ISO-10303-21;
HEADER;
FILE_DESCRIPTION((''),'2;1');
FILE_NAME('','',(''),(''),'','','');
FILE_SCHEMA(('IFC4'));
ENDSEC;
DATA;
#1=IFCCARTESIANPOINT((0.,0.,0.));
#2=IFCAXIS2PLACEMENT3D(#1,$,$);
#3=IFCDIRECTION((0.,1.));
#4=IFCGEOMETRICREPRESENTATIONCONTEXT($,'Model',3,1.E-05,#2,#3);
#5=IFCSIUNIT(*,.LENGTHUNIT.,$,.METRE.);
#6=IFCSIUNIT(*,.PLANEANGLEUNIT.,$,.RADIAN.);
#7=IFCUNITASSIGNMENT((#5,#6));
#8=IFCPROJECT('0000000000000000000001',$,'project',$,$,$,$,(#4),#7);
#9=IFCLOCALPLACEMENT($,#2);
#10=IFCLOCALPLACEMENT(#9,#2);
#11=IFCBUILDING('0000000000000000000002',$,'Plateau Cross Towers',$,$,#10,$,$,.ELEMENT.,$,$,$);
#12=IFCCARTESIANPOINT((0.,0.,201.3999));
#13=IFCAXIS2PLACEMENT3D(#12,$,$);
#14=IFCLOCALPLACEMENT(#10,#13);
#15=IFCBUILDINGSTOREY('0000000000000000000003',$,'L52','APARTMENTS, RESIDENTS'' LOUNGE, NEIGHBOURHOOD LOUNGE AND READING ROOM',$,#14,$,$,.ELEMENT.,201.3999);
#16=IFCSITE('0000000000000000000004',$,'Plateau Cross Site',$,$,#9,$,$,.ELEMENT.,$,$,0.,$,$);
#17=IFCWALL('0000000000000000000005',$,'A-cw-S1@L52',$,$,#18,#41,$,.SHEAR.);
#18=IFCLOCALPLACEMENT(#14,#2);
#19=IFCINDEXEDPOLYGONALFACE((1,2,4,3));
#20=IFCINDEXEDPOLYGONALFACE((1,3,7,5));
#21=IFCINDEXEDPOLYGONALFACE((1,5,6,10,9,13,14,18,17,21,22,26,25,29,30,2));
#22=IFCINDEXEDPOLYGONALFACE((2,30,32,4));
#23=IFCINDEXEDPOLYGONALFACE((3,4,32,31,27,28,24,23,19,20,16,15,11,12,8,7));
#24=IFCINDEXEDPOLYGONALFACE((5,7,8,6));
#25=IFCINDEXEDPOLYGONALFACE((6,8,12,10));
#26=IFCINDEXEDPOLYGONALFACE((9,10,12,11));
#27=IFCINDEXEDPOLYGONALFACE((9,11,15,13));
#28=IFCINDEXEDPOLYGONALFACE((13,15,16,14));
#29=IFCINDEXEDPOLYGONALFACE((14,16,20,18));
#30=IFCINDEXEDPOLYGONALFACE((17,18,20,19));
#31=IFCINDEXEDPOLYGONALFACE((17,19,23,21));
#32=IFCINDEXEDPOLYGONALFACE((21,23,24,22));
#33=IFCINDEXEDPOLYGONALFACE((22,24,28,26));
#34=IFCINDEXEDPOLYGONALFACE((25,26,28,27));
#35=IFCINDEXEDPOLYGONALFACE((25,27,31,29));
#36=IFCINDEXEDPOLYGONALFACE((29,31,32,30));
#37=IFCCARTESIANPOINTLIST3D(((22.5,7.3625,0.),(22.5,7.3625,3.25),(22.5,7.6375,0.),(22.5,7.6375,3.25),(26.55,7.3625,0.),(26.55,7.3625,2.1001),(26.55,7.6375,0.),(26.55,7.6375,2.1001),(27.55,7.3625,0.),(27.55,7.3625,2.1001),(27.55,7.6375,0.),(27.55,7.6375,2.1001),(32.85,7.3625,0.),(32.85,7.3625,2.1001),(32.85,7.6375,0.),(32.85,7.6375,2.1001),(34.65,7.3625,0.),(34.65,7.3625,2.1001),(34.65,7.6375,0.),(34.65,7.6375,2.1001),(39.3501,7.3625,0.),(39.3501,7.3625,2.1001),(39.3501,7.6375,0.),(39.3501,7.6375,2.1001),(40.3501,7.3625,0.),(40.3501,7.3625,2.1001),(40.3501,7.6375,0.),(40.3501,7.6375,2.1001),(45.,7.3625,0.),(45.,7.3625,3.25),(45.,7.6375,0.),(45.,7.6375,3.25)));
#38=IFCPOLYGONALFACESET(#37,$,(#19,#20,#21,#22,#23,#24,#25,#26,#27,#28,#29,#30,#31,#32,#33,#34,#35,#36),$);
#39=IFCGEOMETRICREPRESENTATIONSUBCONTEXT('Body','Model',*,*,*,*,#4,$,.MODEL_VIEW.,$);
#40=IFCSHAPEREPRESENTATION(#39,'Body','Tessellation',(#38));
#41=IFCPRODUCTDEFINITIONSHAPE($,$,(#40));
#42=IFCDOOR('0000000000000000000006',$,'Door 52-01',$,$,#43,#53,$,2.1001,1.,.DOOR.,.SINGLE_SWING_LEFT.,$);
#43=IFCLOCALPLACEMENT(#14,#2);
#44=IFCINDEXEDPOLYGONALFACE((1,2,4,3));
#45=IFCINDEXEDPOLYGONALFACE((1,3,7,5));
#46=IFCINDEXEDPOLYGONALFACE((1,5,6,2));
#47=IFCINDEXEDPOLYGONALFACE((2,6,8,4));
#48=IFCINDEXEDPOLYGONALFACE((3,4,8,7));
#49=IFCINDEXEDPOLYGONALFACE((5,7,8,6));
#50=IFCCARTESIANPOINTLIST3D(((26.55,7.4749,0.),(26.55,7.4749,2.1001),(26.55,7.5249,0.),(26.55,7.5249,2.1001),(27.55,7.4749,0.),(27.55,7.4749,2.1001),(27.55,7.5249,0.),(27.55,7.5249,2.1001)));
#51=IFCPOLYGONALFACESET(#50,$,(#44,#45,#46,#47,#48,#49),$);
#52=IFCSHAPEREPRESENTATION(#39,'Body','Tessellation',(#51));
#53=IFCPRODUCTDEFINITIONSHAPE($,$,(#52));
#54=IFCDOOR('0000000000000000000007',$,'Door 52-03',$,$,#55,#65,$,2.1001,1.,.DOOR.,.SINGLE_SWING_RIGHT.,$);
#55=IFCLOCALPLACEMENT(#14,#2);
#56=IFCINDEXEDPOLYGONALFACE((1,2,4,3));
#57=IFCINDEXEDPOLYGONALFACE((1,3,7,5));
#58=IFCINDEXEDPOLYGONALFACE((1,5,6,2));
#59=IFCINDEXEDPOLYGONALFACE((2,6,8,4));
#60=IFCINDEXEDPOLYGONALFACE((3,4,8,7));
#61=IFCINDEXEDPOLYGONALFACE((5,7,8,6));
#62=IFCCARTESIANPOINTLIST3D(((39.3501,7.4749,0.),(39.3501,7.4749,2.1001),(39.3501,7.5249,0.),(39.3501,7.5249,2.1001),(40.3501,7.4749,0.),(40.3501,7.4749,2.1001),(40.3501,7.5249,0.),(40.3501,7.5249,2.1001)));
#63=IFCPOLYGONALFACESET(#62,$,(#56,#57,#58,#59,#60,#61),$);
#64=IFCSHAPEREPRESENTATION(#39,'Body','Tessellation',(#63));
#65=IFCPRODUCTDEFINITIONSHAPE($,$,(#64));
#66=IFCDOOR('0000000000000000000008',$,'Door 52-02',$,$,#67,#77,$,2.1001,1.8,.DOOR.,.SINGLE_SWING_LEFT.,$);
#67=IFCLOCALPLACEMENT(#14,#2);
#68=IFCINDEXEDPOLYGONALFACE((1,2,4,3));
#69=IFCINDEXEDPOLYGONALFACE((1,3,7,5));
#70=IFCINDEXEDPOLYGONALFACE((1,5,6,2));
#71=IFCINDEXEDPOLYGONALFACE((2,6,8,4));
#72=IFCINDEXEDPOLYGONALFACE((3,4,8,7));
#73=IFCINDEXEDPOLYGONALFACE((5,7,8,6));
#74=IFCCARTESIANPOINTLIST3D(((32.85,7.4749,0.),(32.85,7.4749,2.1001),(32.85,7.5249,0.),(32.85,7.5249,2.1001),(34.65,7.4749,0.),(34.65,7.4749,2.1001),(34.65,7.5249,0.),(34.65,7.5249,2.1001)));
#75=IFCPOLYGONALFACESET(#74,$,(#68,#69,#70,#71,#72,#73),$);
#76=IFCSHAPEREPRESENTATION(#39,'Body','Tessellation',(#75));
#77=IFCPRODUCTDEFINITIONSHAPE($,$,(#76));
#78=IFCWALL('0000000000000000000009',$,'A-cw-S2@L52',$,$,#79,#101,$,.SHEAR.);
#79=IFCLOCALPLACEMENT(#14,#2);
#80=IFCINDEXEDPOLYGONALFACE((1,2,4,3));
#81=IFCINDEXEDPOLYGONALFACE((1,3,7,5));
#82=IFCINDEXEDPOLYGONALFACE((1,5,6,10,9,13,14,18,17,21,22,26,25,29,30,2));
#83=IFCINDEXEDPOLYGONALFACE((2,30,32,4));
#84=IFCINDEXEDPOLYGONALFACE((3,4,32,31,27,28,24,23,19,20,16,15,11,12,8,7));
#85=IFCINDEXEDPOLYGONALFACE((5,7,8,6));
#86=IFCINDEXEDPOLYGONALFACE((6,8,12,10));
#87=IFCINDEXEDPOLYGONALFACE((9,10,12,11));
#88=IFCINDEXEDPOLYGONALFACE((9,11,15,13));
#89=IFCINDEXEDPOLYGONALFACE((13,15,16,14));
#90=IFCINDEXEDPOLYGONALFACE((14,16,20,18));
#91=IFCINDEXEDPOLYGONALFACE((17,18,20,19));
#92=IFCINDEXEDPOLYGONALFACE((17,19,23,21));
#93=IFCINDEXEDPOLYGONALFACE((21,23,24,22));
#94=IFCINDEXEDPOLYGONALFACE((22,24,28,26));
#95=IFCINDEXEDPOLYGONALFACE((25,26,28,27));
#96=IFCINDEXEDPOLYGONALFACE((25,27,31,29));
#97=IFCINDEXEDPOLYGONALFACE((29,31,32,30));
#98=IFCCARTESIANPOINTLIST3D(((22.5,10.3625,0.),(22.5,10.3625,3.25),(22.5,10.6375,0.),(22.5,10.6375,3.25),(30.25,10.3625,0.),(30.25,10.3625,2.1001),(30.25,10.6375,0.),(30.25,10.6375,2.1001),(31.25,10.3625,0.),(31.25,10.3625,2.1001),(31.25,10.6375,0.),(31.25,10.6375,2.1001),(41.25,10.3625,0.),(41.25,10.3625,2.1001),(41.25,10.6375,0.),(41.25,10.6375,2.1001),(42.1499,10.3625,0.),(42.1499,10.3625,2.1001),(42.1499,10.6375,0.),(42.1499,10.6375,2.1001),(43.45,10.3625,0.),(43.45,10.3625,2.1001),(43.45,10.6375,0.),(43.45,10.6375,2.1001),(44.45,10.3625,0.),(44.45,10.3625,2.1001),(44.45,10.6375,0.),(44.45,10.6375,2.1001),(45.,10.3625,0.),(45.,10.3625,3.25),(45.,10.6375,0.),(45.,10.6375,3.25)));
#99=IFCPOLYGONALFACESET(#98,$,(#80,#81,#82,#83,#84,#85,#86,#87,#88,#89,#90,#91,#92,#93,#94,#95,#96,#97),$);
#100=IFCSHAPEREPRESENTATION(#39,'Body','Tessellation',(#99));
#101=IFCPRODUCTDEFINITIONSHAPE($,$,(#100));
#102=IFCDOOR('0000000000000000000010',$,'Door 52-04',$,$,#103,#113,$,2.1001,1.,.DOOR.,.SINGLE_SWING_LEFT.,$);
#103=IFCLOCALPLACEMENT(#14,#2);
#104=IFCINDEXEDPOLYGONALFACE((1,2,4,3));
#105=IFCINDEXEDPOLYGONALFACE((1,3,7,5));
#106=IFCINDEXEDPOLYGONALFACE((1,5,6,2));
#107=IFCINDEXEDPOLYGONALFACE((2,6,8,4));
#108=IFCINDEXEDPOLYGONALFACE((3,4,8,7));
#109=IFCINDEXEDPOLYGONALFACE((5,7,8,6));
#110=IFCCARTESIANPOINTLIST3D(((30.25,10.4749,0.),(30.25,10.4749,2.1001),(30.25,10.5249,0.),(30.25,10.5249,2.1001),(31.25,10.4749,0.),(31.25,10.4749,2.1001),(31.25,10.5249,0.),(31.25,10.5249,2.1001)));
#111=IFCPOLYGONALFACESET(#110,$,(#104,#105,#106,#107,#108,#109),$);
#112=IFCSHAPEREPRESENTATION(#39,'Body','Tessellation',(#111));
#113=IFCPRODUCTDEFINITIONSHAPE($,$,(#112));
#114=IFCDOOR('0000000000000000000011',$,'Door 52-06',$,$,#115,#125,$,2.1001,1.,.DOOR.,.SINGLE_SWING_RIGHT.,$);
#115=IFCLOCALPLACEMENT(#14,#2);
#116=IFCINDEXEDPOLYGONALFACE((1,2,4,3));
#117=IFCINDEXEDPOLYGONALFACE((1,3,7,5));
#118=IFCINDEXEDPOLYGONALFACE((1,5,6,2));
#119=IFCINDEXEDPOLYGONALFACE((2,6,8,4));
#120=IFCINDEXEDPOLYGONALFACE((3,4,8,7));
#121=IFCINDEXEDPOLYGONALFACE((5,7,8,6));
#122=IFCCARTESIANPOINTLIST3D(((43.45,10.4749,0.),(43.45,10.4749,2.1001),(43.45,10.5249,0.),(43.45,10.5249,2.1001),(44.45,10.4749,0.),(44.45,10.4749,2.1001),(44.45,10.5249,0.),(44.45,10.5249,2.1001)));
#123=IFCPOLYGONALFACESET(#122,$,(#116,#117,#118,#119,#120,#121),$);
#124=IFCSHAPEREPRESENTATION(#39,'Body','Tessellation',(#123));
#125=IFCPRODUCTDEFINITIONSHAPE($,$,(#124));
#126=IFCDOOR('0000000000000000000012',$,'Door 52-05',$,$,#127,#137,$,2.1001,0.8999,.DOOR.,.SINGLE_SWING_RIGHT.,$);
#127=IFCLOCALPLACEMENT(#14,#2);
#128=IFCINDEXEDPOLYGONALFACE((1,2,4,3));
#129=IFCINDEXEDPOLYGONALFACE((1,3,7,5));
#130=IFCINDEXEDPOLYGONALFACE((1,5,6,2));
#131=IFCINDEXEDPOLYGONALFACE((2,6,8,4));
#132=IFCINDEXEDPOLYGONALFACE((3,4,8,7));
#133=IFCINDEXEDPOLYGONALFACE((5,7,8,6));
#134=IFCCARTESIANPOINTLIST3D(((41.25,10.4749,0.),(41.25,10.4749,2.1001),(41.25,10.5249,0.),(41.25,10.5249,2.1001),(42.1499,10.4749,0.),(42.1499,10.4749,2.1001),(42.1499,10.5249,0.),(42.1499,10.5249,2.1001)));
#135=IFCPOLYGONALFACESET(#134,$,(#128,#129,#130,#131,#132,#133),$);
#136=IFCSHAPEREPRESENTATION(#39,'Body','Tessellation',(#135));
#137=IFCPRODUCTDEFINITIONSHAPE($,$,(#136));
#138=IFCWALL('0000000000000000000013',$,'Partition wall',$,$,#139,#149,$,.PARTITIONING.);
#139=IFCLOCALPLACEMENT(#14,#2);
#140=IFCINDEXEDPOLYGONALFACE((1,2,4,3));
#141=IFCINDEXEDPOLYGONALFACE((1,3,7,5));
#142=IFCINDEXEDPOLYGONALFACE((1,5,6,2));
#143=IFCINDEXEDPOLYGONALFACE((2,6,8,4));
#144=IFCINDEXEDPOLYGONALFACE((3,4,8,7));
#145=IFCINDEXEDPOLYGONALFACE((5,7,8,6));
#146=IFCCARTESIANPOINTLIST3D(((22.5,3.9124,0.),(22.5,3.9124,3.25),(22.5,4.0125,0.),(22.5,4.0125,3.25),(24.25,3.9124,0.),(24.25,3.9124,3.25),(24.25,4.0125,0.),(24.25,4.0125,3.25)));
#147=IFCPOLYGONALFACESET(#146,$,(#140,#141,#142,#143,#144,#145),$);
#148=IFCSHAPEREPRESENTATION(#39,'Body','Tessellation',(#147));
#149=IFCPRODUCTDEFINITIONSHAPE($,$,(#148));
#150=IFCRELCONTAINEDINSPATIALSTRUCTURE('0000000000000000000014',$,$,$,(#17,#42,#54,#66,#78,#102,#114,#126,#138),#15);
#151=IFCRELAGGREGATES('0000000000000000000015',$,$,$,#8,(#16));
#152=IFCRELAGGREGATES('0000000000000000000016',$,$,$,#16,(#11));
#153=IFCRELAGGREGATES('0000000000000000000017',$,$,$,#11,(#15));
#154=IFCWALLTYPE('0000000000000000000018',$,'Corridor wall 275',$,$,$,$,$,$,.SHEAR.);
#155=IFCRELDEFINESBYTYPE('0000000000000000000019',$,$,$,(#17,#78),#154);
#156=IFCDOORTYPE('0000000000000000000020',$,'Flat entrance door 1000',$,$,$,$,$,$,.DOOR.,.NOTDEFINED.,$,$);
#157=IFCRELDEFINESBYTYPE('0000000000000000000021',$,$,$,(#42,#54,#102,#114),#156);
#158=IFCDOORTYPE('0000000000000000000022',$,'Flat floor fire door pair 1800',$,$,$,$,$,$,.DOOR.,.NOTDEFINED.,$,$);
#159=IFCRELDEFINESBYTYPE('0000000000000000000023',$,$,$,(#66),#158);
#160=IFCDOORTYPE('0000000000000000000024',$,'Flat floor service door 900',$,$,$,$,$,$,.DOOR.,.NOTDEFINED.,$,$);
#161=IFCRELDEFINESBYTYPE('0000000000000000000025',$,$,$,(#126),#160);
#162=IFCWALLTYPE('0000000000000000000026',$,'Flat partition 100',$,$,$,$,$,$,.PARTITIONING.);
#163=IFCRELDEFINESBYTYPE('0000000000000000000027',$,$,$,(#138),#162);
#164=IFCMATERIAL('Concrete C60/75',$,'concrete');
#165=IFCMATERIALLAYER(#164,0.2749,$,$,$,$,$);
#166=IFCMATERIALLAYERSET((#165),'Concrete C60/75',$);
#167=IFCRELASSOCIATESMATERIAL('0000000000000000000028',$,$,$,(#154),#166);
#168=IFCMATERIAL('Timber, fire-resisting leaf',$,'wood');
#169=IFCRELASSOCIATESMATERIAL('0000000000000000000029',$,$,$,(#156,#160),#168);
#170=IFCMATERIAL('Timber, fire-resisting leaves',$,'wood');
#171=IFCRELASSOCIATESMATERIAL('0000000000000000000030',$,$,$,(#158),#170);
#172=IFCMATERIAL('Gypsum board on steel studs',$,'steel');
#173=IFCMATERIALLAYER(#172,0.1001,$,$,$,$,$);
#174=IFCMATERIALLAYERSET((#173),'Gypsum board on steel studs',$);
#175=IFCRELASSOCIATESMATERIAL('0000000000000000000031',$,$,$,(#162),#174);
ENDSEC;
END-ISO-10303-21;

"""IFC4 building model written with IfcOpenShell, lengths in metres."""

from ifc_helpers import new_model, si_unit, direction, frame, frame_2d, origin, place, context, subcontext, project, spatial, rectangle, extrude, material, layer, layer_set, type_object, element, fill, save


model = new_model("IFC4")

# Units and contexts
model_context = context("Model", 3, precision=1e-05, world=origin(), true_north=direction((0.0, 1.0)))
body_context = subcontext(model_context, "Body", "Model", "MODEL_VIEW")
ifc_project = project(units=[si_unit("LENGTHUNIT", "METRE"), si_unit("PLANEANGLEUNIT", "RADIAN")], contexts=[model_context])

# Site, building, storey
site_placement = place(None, origin())
site = spatial("IfcSite", under=ifc_project, at=site_placement, Name="Plateau Cross Site", CompositionType="ELEMENT", RefElevation=0.0)
building_placement = place(site_placement, origin())
building = spatial("IfcBuilding", under=site, at=building_placement, Name="Plateau Cross Towers", CompositionType="ELEMENT")
storey_placement = place(building_placement, frame((0.0, 0.0, 201.3999)))
storey = spatial("IfcBuildingStorey", under=building, at=storey_placement, Name="L52", Description="APARTMENTS, RESIDENTS' LOUNGE, NEIGHBOURHOOD LOUNGE AND READING ROOM", CompositionType="ELEMENT", Elevation=201.3999)

# Shared definitions
ifc_material_1 = material(Name="Concrete C60/75", Category="concrete")

# Walls, openings, doors
ifc_layer_1 = layer(ifc_material_1, 0.2749)
ifc_layer_set_1 = layer_set([ifc_layer_1], Name="Concrete C60/75")
wall_type_1 = type_object("IfcWallType", Name="Corridor wall 275", PredefinedType="SHEAR", material=ifc_layer_set_1)
wall_1_placement = place(storey_placement, frame((22.5, 7.5, 0.0), z_axis=(0.0, 0.0, 1.0), x_axis=(1.0, 0.0, 0.0)))
wall_1 = element("IfcWall", 1, at=wall_1_placement, inside=storey, type_object=wall_type_1, Name="A-cw-S1@L52", PredefinedType="SHEAR", context=body_context, shape_type="SweptSolid", body=[
    extrude(rectangle(XDim=22.5, YDim=0.2749, at=frame_2d((11.25, 0.0))), origin(), (0.0, 0.0, 1.0), 3.25),
])
opening_1_placement = place(wall_1_placement, frame((4.05, 0.0, 0.0)))
opening_1 = element("IfcOpeningElement", 2, at=opening_1_placement, cuts=wall_1, PredefinedType="OPENING", context=body_context, shape_type="SweptSolid", body=[
    extrude(rectangle(XDim=1.0, YDim=2.1001, at=frame_2d((0.5, 1.05))), frame((0.0, 0.1475, 0.0), z_axis=(0.0, -1.0, 0.0), x_axis=(1.0, 0.0, 0.0)), (0.0, 0.0, 1.0), 0.2949),
])
opening_2_placement = place(wall_1_placement, frame((10.3501, 0.0, 0.0)))
opening_2 = element("IfcOpeningElement", 3, at=opening_2_placement, cuts=wall_1, PredefinedType="OPENING", context=body_context, shape_type="SweptSolid", body=[
    extrude(rectangle(XDim=1.8, YDim=2.1001, at=frame_2d((0.8999, 1.05))), frame((0.0, 0.1475, 0.0), z_axis=(0.0, -1.0, 0.0), x_axis=(1.0, 0.0, 0.0)), (0.0, 0.0, 1.0), 0.2949),
])
opening_3_placement = place(wall_1_placement, frame((16.8501, 0.0, 0.0)))
opening_3 = element("IfcOpeningElement", 4, at=opening_3_placement, cuts=wall_1, PredefinedType="OPENING", context=body_context, shape_type="SweptSolid", body=[
    extrude(rectangle(XDim=1.0, YDim=2.1001, at=frame_2d((0.5, 1.05))), frame((0.0, 0.1475, 0.0), z_axis=(0.0, -1.0, 0.0), x_axis=(1.0, 0.0, 0.0)), (0.0, 0.0, 1.0), 0.2949),
])
ifc_material_2 = material(Name="Timber, fire-resisting leaf", Category="wood")
door_type_1 = type_object("IfcDoorType", Name="Flat entrance door 1000", OperationType="NOTDEFINED", PredefinedType="DOOR", material=ifc_material_2)
door_1_placement = place(opening_1_placement, origin())
door_1 = element("IfcDoor", 5, at=door_1_placement, inside=storey, type_object=door_type_1, Name="Door 52-01", OperationType="SINGLE_SWING_LEFT", OverallHeight=2.1001, OverallWidth=1.0, PredefinedType="DOOR", context=body_context, shape_type="SweptSolid", body=[
    extrude(rectangle(XDim=1.0, YDim=2.1001, at=frame_2d((0.5, 1.05))), frame((0.0, 0.0249, 0.0), z_axis=(0.0, -1.0, 0.0), x_axis=(1.0, 0.0, 0.0)), (0.0, 0.0, 1.0), 0.05),
])
fill(opening_1, door_1)
door_2_placement = place(opening_3_placement, origin())
door_2 = element("IfcDoor", 6, at=door_2_placement, inside=storey, type_object=door_type_1, Name="Door 52-03", OperationType="SINGLE_SWING_RIGHT", OverallHeight=2.1001, OverallWidth=1.0, PredefinedType="DOOR", context=body_context, shape_type="SweptSolid", body=[
    extrude(rectangle(XDim=1.0, YDim=2.1001, at=frame_2d((0.5, 1.05))), frame((0.0, 0.0249, 0.0), z_axis=(0.0, -1.0, 0.0), x_axis=(1.0, 0.0, 0.0)), (0.0, 0.0, 1.0), 0.05),
])
fill(opening_3, door_2)
ifc_material_3 = material(Name="Timber, fire-resisting leaves", Category="wood")
door_type_2 = type_object("IfcDoorType", Name="Flat floor fire door pair 1800", OperationType="NOTDEFINED", PredefinedType="DOOR", material=ifc_material_3)
door_3_placement = place(opening_2_placement, origin())
door_3 = element("IfcDoor", 7, at=door_3_placement, inside=storey, type_object=door_type_2, Name="Door 52-02", OperationType="SINGLE_SWING_LEFT", OverallHeight=2.1001, OverallWidth=1.8, PredefinedType="DOOR", context=body_context, shape_type="SweptSolid", body=[
    extrude(rectangle(XDim=1.8, YDim=2.1001, at=frame_2d((0.8999, 1.05))), frame((0.0, 0.0249, 0.0), z_axis=(0.0, -1.0, 0.0), x_axis=(1.0, 0.0, 0.0)), (0.0, 0.0, 1.0), 0.05),
])
fill(opening_2, door_3)
wall_2_placement = place(storey_placement, frame((22.5, 10.5, 0.0), z_axis=(0.0, 0.0, 1.0), x_axis=(1.0, 0.0, 0.0)))
wall_2 = element("IfcWall", 8, at=wall_2_placement, inside=storey, type_object=wall_type_1, Name="A-cw-S2@L52", PredefinedType="SHEAR", context=body_context, shape_type="SweptSolid", body=[
    extrude(rectangle(XDim=22.5, YDim=0.2749, at=frame_2d((11.25, 0.0))), origin(), (0.0, 0.0, 1.0), 3.25),
])
opening_4_placement = place(wall_2_placement, frame((7.75, 0.0, 0.0)))
opening_4 = element("IfcOpeningElement", 9, at=opening_4_placement, cuts=wall_2, PredefinedType="OPENING", context=body_context, shape_type="SweptSolid", body=[
    extrude(rectangle(XDim=1.0, YDim=2.1001, at=frame_2d((0.5, 1.05))), frame((0.0, 0.1475, 0.0), z_axis=(0.0, -1.0, 0.0), x_axis=(1.0, 0.0, 0.0)), (0.0, 0.0, 1.0), 0.2949),
])
opening_5_placement = place(wall_2_placement, frame((18.75, 0.0, 0.0)))
opening_5 = element("IfcOpeningElement", 10, at=opening_5_placement, cuts=wall_2, PredefinedType="OPENING", context=body_context, shape_type="SweptSolid", body=[
    extrude(rectangle(XDim=0.8999, YDim=2.1001, at=frame_2d((0.45, 1.05))), frame((0.0, 0.1475, 0.0), z_axis=(0.0, -1.0, 0.0), x_axis=(1.0, 0.0, 0.0)), (0.0, 0.0, 1.0), 0.2949),
])
opening_6_placement = place(wall_2_placement, frame((20.95, 0.0, 0.0)))
opening_6 = element("IfcOpeningElement", 11, at=opening_6_placement, cuts=wall_2, PredefinedType="OPENING", context=body_context, shape_type="SweptSolid", body=[
    extrude(rectangle(XDim=1.0, YDim=2.1001, at=frame_2d((0.5, 1.05))), frame((0.0, 0.1475, 0.0), z_axis=(0.0, -1.0, 0.0), x_axis=(1.0, 0.0, 0.0)), (0.0, 0.0, 1.0), 0.2949),
])
door_4_placement = place(opening_4_placement, origin())
door_4 = element("IfcDoor", 12, at=door_4_placement, inside=storey, type_object=door_type_1, Name="Door 52-04", OperationType="SINGLE_SWING_LEFT", OverallHeight=2.1001, OverallWidth=1.0, PredefinedType="DOOR", context=body_context, shape_type="SweptSolid", body=[
    extrude(rectangle(XDim=1.0, YDim=2.1001, at=frame_2d((0.5, 1.05))), frame((0.0, 0.0249, 0.0), z_axis=(0.0, -1.0, 0.0), x_axis=(1.0, 0.0, 0.0)), (0.0, 0.0, 1.0), 0.05),
])
fill(opening_4, door_4)
door_5_placement = place(opening_6_placement, origin())
door_5 = element("IfcDoor", 13, at=door_5_placement, inside=storey, type_object=door_type_1, Name="Door 52-06", OperationType="SINGLE_SWING_RIGHT", OverallHeight=2.1001, OverallWidth=1.0, PredefinedType="DOOR", context=body_context, shape_type="SweptSolid", body=[
    extrude(rectangle(XDim=1.0, YDim=2.1001, at=frame_2d((0.5, 1.05))), frame((0.0, 0.0249, 0.0), z_axis=(0.0, -1.0, 0.0), x_axis=(1.0, 0.0, 0.0)), (0.0, 0.0, 1.0), 0.05),
])
fill(opening_6, door_5)
door_type_3 = type_object("IfcDoorType", Name="Flat floor service door 900", OperationType="NOTDEFINED", PredefinedType="DOOR", material=ifc_material_2)
door_6_placement = place(opening_5_placement, origin())
door_6 = element("IfcDoor", 14, at=door_6_placement, inside=storey, type_object=door_type_3, Name="Door 52-05", OperationType="SINGLE_SWING_RIGHT", OverallHeight=2.1001, OverallWidth=0.8999, PredefinedType="DOOR", context=body_context, shape_type="SweptSolid", body=[
    extrude(rectangle(XDim=0.8999, YDim=2.1001, at=frame_2d((0.45, 1.05))), frame((0.0, 0.0249, 0.0), z_axis=(0.0, -1.0, 0.0), x_axis=(1.0, 0.0, 0.0)), (0.0, 0.0, 1.0), 0.05),
])
fill(opening_5, door_6)

# Wall
ifc_material_4 = material(Name="Gypsum board on steel studs", Category="steel")
ifc_layer_2 = layer(ifc_material_4, 0.1001)
ifc_layer_set_2 = layer_set([ifc_layer_2], Name="Gypsum board on steel studs")
wall_type_2 = type_object("IfcWallType", Name="Flat partition 100", PredefinedType="PARTITIONING", material=ifc_layer_set_2)
wall_3_placement = place(storey_placement, frame((22.5, 3.9624, 0.0), z_axis=(0.0, 0.0, 1.0), x_axis=(1.0, 0.0, 0.0)))
element("IfcWall", 15, at=wall_3_placement, inside=storey, type_object=wall_type_2, Name="Partition wall", PredefinedType="PARTITIONING", context=body_context, shape_type="SweptSolid", body=[
    extrude(rectangle(XDim=1.75, YDim=0.1001, at=frame_2d((0.875, 0.0))), origin(), (0.0, 0.0, 1.0), 3.25),
])

save(model, "model.ifc")
